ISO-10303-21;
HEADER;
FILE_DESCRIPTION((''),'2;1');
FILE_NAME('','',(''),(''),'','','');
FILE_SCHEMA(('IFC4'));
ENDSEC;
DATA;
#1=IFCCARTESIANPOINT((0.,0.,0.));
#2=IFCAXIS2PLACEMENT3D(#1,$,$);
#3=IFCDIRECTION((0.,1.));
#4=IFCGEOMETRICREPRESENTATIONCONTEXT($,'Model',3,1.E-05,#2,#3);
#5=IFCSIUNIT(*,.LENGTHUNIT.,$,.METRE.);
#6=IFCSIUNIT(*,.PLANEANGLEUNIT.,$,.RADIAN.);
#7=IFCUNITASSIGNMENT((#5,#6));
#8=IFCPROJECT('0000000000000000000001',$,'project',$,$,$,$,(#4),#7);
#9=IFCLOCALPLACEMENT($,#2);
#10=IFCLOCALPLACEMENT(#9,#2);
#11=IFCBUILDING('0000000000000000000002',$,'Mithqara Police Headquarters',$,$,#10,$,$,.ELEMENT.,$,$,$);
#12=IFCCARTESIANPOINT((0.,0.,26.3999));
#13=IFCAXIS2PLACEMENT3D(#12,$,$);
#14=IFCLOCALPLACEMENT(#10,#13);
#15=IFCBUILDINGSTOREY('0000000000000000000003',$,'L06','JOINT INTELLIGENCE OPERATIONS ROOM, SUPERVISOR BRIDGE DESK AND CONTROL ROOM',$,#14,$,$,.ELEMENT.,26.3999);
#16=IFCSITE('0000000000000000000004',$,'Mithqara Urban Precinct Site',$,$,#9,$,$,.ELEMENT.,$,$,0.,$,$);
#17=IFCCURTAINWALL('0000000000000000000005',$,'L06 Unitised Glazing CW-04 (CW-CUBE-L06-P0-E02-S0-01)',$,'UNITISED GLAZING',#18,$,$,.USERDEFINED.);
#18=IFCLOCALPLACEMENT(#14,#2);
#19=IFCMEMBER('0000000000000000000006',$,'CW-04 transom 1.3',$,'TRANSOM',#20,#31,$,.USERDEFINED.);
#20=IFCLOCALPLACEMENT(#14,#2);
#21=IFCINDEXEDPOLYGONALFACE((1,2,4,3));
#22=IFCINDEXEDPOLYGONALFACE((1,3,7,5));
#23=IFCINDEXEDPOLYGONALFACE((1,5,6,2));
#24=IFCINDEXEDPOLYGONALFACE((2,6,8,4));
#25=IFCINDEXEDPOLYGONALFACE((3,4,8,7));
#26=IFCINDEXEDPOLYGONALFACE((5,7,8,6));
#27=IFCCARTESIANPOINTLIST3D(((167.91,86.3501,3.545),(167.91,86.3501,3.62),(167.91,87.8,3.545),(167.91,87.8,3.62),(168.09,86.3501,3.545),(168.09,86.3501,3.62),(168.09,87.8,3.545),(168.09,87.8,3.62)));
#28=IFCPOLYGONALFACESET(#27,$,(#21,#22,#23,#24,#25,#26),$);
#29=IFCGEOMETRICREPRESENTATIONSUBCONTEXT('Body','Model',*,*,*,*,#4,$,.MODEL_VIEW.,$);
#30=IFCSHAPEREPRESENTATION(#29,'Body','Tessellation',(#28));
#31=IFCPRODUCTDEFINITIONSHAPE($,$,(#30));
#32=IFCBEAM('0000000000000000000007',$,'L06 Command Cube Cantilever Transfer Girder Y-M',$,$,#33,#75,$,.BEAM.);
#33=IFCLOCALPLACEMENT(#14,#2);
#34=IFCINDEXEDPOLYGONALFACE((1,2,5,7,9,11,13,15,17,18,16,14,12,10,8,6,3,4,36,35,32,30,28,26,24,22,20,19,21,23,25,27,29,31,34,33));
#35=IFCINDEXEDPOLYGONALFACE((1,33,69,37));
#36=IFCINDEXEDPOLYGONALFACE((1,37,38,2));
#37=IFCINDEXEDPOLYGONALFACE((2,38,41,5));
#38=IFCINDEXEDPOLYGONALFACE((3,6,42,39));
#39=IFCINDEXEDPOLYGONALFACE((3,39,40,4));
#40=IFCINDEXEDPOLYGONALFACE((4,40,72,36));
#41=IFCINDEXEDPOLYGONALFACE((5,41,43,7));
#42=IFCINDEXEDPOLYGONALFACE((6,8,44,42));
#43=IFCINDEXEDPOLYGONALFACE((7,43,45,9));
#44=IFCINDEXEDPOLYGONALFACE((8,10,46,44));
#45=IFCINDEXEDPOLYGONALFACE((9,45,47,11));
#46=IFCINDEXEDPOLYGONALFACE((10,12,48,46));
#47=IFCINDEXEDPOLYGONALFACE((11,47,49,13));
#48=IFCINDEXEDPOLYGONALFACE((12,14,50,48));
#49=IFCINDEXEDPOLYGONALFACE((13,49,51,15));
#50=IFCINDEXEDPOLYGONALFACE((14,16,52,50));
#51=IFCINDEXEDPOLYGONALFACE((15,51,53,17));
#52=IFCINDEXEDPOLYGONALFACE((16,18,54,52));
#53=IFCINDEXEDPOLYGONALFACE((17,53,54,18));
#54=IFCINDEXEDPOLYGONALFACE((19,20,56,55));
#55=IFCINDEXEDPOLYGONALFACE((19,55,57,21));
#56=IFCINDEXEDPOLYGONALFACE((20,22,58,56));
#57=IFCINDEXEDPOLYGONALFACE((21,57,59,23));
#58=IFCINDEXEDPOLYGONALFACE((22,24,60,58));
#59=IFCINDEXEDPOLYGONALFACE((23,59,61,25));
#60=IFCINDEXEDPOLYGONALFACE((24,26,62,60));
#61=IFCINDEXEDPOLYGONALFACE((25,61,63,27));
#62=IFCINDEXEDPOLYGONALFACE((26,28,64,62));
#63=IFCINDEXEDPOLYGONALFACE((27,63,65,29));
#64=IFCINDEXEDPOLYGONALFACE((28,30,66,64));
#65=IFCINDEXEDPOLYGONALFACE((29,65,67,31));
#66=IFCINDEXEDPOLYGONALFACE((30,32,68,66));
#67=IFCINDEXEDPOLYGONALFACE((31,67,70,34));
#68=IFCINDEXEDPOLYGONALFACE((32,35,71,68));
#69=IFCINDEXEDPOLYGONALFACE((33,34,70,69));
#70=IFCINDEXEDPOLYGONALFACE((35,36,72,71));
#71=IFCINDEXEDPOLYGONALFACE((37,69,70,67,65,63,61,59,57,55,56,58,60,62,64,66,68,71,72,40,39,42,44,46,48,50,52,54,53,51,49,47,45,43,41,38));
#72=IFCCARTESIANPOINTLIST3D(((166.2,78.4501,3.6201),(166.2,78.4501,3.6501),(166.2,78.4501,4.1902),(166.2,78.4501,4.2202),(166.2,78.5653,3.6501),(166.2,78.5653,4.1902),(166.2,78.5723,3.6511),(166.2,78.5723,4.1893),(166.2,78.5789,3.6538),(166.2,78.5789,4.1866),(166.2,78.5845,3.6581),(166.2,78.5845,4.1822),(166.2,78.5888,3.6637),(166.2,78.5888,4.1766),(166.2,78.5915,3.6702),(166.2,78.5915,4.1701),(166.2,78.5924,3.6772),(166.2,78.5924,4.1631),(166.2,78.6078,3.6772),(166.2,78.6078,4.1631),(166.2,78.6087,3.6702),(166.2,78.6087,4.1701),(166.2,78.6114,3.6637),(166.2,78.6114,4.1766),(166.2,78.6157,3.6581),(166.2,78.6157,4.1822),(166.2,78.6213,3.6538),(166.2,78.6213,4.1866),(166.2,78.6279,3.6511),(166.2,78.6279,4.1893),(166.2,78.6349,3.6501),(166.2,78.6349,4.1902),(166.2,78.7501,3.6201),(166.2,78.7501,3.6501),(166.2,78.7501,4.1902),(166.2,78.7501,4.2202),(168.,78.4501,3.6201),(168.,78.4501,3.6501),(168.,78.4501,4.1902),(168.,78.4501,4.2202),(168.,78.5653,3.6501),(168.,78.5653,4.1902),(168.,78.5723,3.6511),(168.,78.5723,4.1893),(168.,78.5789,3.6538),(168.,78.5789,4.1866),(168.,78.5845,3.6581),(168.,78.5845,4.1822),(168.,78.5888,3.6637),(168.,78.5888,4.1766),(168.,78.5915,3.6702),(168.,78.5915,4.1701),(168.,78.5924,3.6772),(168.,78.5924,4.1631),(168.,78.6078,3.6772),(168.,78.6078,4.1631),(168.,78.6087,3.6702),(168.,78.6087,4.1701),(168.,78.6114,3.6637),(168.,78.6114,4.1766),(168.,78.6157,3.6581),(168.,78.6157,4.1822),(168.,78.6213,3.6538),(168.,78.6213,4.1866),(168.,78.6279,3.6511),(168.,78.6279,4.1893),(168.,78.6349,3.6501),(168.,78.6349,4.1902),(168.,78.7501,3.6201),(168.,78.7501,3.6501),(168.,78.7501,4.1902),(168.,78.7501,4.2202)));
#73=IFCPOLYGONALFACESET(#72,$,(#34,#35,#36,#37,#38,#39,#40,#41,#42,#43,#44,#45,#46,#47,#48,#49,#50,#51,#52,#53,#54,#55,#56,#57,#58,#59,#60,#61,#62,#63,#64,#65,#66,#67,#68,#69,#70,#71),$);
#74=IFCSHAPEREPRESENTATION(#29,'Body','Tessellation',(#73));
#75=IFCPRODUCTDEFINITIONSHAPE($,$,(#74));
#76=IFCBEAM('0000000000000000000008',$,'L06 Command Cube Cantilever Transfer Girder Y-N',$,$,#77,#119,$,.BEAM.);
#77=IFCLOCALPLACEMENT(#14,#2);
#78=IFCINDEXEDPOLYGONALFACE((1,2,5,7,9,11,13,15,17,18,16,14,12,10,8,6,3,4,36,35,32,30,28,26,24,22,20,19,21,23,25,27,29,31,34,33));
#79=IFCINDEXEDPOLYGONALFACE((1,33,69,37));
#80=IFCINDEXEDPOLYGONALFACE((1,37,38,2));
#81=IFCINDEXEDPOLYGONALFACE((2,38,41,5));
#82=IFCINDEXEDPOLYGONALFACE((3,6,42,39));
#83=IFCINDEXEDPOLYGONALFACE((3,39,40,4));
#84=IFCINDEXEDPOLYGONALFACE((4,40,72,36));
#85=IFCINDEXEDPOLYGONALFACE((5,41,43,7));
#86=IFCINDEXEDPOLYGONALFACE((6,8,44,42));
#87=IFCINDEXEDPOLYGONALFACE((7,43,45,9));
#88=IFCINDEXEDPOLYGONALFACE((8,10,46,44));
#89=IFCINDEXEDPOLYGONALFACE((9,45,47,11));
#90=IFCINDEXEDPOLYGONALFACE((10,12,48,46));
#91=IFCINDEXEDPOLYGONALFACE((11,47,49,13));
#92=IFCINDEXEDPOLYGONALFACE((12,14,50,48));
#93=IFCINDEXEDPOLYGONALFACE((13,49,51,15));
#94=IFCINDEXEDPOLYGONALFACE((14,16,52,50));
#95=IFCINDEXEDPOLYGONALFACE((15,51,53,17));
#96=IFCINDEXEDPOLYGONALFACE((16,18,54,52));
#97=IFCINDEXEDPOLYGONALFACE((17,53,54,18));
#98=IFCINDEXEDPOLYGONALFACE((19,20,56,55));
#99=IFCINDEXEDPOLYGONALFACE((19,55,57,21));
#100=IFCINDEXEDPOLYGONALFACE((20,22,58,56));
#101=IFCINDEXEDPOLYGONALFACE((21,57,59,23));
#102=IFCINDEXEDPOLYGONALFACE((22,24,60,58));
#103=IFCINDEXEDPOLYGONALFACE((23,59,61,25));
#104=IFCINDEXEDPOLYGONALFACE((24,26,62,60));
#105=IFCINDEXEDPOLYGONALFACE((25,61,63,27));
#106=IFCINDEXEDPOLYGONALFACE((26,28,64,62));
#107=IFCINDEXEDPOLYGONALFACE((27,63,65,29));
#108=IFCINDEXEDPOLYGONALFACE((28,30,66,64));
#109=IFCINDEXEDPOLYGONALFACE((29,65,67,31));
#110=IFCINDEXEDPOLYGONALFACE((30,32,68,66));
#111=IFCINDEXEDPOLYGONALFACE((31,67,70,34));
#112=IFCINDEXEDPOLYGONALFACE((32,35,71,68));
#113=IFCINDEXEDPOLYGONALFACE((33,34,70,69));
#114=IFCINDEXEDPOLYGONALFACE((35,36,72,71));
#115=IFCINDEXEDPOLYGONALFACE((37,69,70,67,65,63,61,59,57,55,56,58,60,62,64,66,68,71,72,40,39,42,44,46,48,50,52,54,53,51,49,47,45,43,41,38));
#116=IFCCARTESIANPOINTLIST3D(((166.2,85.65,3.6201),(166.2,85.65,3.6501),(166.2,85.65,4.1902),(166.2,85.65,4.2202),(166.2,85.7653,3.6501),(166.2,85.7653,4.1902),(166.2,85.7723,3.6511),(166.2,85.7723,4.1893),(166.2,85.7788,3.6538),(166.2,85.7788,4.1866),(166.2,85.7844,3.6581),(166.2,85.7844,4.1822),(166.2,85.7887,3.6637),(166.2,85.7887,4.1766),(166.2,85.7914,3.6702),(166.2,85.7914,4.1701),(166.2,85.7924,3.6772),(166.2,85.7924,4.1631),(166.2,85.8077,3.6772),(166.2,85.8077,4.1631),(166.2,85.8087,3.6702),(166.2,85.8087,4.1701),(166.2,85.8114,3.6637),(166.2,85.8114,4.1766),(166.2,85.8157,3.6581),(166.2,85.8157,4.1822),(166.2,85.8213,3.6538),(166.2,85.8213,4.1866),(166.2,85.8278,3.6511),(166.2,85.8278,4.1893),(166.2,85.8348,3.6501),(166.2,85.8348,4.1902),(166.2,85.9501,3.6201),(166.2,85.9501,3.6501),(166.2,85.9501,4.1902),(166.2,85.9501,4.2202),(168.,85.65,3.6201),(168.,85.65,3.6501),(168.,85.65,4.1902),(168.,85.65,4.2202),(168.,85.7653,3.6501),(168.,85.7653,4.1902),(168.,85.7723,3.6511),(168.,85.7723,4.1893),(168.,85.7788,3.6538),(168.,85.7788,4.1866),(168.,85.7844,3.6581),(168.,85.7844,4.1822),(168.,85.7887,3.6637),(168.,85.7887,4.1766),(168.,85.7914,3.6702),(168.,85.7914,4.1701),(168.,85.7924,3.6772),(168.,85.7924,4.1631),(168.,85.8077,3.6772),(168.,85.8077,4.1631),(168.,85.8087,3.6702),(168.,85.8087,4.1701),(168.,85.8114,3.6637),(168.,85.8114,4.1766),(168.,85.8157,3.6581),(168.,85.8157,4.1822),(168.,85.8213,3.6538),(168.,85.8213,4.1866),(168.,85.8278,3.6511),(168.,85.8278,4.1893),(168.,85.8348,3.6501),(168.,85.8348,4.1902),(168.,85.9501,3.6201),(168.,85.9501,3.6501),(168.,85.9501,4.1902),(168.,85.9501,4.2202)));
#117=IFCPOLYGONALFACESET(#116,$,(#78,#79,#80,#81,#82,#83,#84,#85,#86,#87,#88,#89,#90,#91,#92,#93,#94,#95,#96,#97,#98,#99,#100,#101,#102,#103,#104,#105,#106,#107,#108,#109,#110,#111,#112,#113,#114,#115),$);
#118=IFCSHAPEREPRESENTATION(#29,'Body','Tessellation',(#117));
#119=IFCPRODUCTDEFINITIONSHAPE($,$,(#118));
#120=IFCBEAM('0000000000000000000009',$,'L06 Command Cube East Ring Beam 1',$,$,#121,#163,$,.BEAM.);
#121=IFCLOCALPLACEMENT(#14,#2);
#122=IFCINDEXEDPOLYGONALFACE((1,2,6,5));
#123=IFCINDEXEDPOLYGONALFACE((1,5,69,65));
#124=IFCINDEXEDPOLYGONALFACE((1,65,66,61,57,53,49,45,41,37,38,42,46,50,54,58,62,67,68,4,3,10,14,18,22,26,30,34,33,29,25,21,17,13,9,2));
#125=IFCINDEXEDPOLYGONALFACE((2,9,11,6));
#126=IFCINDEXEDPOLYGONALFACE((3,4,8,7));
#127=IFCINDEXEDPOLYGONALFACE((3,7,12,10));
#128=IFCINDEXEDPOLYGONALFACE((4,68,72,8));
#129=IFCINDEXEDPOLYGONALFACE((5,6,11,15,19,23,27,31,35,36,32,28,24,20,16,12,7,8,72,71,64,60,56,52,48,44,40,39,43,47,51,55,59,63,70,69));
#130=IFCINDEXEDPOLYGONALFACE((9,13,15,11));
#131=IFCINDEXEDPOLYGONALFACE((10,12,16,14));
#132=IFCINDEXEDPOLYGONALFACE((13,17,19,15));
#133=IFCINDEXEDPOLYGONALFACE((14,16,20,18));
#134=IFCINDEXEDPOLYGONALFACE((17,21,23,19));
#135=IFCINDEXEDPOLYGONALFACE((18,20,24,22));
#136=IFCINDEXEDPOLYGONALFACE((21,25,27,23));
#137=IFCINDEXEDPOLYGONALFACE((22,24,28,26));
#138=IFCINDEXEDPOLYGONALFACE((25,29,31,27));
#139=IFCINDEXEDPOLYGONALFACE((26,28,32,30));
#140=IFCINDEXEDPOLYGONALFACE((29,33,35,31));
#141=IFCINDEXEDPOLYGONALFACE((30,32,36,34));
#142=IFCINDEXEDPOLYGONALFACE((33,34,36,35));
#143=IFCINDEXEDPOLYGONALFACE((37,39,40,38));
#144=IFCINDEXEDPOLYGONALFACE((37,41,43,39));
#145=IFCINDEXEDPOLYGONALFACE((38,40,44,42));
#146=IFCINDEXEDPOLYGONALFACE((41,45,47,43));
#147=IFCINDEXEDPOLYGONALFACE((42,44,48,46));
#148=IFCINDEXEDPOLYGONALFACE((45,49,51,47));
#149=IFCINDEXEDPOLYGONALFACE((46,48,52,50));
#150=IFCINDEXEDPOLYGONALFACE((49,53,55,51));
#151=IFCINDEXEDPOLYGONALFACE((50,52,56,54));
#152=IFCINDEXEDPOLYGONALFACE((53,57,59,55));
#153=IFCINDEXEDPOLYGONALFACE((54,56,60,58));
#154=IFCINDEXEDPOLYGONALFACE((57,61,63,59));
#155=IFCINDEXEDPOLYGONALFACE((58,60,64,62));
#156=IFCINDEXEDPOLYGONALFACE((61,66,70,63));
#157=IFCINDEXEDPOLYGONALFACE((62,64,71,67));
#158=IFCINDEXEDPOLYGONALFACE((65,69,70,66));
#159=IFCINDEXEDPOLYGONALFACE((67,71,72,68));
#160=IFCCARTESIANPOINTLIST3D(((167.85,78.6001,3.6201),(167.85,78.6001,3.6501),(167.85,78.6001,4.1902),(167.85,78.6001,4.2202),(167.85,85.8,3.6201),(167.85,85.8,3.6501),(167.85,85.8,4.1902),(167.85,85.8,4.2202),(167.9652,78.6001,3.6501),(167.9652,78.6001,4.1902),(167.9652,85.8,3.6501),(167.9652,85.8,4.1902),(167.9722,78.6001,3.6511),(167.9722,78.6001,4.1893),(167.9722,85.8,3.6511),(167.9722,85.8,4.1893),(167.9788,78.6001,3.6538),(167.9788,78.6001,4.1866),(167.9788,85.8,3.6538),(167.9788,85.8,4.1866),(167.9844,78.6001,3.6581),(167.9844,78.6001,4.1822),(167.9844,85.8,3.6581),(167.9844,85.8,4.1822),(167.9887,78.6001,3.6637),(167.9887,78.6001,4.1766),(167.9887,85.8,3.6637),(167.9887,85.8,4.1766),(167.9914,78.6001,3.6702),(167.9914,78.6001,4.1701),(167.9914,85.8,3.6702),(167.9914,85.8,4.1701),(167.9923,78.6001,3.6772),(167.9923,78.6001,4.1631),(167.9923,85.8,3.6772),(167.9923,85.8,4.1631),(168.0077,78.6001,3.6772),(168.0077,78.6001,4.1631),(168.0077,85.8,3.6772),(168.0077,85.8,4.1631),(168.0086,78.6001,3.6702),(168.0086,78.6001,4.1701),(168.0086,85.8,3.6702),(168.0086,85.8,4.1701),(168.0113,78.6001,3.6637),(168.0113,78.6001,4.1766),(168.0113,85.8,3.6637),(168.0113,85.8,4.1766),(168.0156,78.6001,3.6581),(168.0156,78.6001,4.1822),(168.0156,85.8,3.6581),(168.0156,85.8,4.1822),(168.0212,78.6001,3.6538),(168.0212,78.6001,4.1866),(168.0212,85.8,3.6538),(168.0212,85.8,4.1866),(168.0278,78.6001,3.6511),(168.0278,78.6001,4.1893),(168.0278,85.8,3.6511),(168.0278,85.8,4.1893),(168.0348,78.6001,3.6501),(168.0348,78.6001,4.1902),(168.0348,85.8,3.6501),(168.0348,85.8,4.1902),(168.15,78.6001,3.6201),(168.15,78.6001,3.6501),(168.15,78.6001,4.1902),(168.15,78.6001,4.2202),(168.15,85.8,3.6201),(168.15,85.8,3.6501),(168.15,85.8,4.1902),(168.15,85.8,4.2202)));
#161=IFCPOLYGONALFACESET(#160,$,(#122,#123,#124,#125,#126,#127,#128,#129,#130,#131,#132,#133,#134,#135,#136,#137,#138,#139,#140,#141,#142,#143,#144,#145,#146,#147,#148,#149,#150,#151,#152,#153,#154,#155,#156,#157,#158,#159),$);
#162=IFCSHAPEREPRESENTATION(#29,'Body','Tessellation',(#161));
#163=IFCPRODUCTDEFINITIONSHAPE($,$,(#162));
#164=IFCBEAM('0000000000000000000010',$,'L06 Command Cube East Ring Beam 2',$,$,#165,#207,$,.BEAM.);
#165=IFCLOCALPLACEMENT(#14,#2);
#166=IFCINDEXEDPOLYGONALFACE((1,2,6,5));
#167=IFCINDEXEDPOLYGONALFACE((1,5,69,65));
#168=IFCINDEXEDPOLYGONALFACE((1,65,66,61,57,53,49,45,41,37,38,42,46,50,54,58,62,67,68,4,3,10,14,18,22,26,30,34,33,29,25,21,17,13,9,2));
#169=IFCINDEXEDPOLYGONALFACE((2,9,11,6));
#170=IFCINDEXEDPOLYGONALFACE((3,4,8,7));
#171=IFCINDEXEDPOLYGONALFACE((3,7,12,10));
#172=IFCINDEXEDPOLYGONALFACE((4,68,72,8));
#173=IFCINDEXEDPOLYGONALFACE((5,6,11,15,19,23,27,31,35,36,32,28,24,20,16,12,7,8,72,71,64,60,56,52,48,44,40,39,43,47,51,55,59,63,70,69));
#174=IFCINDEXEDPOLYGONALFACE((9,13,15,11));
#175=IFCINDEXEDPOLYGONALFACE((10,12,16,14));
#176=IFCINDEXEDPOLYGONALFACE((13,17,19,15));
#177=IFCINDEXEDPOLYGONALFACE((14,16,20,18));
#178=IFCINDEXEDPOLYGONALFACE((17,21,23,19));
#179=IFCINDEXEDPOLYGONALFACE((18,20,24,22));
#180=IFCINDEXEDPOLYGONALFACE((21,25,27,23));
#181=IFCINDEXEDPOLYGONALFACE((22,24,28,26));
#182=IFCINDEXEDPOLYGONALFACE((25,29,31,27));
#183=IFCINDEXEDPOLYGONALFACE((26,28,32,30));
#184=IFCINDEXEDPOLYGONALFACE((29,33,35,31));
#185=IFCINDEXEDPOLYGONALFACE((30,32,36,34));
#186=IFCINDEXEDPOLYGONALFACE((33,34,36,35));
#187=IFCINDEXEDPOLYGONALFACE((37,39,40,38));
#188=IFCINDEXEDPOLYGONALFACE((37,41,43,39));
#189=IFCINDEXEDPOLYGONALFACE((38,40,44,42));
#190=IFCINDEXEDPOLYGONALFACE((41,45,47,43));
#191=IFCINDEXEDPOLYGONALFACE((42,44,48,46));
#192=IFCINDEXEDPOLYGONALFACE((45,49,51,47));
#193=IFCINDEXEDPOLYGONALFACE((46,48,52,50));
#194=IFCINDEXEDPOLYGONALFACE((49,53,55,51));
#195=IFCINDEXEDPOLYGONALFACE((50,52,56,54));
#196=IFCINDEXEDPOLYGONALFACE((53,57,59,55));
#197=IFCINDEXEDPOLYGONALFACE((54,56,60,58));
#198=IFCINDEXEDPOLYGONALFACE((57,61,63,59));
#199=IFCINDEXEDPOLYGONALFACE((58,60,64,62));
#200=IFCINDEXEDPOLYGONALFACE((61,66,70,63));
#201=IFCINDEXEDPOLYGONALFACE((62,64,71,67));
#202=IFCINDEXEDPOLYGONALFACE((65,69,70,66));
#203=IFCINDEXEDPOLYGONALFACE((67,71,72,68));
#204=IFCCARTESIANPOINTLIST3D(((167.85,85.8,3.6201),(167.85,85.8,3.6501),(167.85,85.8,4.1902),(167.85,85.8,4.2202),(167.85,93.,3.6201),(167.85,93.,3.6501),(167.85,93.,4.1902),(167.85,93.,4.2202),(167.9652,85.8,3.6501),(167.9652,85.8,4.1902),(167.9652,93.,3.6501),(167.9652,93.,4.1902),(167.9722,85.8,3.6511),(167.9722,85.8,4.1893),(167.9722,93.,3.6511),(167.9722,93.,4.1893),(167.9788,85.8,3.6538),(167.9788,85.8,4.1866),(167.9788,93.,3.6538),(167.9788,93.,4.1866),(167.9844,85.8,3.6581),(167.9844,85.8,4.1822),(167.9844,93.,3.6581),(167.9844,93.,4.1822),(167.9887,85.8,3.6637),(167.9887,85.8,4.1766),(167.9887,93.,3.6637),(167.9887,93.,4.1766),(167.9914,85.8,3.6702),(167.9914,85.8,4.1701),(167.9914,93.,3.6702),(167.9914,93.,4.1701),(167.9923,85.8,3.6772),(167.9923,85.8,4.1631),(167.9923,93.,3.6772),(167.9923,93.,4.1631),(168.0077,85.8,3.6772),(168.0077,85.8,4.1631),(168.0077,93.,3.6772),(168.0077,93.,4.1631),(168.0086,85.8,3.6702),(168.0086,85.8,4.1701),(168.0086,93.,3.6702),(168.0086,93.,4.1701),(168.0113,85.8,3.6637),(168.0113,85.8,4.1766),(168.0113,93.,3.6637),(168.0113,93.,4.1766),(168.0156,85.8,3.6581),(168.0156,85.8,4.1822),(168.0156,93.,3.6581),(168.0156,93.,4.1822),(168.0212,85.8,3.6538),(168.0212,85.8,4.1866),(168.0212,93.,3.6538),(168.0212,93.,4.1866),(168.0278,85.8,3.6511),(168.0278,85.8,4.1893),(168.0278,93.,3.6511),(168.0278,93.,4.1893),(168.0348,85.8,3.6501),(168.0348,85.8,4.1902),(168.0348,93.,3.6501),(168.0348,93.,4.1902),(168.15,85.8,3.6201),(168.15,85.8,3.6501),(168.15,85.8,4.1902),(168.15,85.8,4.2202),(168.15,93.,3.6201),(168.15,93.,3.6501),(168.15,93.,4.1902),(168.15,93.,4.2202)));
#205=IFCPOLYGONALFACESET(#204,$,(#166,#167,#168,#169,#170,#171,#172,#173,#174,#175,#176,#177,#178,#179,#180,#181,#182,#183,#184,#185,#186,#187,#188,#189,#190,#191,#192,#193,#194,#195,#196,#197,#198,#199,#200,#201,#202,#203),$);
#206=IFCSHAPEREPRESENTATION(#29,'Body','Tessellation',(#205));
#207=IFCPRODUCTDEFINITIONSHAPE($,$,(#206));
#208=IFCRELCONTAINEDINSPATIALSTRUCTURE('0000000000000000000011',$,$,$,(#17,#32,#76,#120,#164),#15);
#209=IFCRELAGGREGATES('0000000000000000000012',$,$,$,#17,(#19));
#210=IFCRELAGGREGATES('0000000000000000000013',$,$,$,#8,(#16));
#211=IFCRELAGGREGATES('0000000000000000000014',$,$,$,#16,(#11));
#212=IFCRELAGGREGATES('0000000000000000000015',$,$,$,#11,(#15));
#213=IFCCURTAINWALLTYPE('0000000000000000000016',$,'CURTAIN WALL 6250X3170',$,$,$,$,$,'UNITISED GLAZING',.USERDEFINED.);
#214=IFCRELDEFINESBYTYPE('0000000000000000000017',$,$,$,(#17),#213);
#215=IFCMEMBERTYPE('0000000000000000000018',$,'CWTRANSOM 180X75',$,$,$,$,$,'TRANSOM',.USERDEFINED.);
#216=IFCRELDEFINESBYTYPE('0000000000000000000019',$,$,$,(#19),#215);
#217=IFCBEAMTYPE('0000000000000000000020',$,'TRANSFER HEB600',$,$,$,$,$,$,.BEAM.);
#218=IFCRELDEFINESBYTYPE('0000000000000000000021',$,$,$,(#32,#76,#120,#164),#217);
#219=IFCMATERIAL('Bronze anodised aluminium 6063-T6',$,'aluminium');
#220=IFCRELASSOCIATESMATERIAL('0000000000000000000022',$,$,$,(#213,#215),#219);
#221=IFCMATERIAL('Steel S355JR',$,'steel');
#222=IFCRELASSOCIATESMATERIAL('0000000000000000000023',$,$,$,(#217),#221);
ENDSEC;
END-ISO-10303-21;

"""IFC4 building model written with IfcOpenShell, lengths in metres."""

from ifc_helpers import new_model, si_unit, direction, frame, origin, origin_2d, place, context, subcontext, project, spatial, rectangle, i_section, extrude, material, material_profile, profile_set, type_object, element, aggregate, save


model = new_model("IFC4")

# Units and contexts
model_context = context("Model", 3, precision=1e-05, world=origin(), true_north=direction((0.0, 1.0)))
body_context = subcontext(model_context, "Body", "Model", "MODEL_VIEW")
ifc_project = project(units=[si_unit("LENGTHUNIT", "METRE"), si_unit("PLANEANGLEUNIT", "RADIAN")], contexts=[model_context])

# Site, building, storey
site_placement = place(None, origin())
site = spatial("IfcSite", under=ifc_project, at=site_placement, Name="Mithqara Urban Precinct Site", CompositionType="ELEMENT", RefElevation=0.0)
building_placement = place(site_placement, origin())
building = spatial("IfcBuilding", under=site, at=building_placement, Name="Mithqara Police Headquarters", CompositionType="ELEMENT")
storey_placement = place(building_placement, frame((0.0, 0.0, 26.3999)))
storey = spatial("IfcBuildingStorey", under=building, at=storey_placement, Name="L06", Description="JOINT INTELLIGENCE OPERATIONS ROOM, SUPERVISOR BRIDGE DESK AND CONTROL ROOM", CompositionType="ELEMENT", Elevation=26.3999)

# Shared definitions
ifc_material_1 = material(Name="Steel S355JR", Category="steel")

# Shared definitions
ifc_material_2 = material(Name="Bronze anodised aluminium 6063-T6", Category="aluminium")

# Shared definitions
curtain_wall_type_1 = type_object("IfcCurtainWallType", Name="CURTAIN WALL 6250X3170", ElementType="UNITISED GLAZING", PredefinedType="USERDEFINED", material=ifc_material_2)

# Curtain wall
curtain_wall_1_placement = place(storey_placement, origin())
curtain_wall_1 = element("IfcCurtainWall", 1, at=curtain_wall_1_placement, inside=storey, type_object=curtain_wall_type_1, Name="L06 Unitised Glazing CW-04 (CW-CUBE-L06-P0-E02-S0-01)", ObjectType="UNITISED GLAZING", PredefinedType="USERDEFINED")

# Member
ifc_material_profile_1 = material_profile(ifc_material_2, rectangle(XDim=0.1799, YDim=0.075, at=origin_2d()), Name="CWT 180x75")
ifc_profile_set_1 = profile_set([ifc_material_profile_1], Name="Bronze anodised aluminium 6063-T6")
member_type_1 = type_object("IfcMemberType", Name="CWTRANSOM 180X75", ElementType="TRANSOM", PredefinedType="USERDEFINED", material=ifc_profile_set_1)
member_1_placement = place(storey_placement, frame((168.0, 86.3501, 3.5825), z_axis=(0.0, 1.0, 0.0), x_axis=(-1.0, 0.0, 0.0)))
member_1 = element("IfcMember", 2, at=member_1_placement, type_object=member_type_1, Name="CW-04 transom 1.3", ObjectType="TRANSOM", PredefinedType="USERDEFINED", context=body_context, shape_type="SweptSolid", body=[
    extrude(rectangle(XDim=0.1799, YDim=0.075, at=origin_2d()), origin(), (0.0, 0.0, 1.0), 1.45),
])
aggregate(curtain_wall_1, [member_1])

# Beams
ifc_material_profile_2 = material_profile(ifc_material_1, i_section(OverallWidth=0.3, OverallDepth=0.6001, WebThickness=0.0154, FlangeThickness=0.03, FilletRadius=0.0271, at=origin_2d()), Name="HEB 600")
ifc_profile_set_2 = profile_set([ifc_material_profile_2], Name="Steel S355JR")
beam_type = type_object("IfcBeamType", Name="TRANSFER HEB600", PredefinedType="BEAM", material=ifc_profile_set_2)
for number, where, z_axis, x_axis, name in (
    (3, (166.2, 78.6001, 3.9202), (1.0, 0.0, 0.0), (0.0, 1.0, 0.0), "L06 Command Cube Cantilever Transfer Girder Y-M"),
    (4, (166.2, 85.8, 3.9202), (1.0, 0.0, 0.0), (0.0, 1.0, 0.0), "L06 Command Cube Cantilever Transfer Girder Y-N"),
):
    element("IfcBeam", number, at=place(storey_placement, frame(where, z_axis=z_axis, x_axis=x_axis)), inside=storey, type_object=beam_type, Name=name, PredefinedType="BEAM", context=body_context, shape_type="SweptSolid", body=[
        extrude(i_section(OverallWidth=0.3, OverallDepth=0.6001, WebThickness=0.0154, FlangeThickness=0.03, FilletRadius=0.0271, at=origin_2d()), origin(), (0.0, 0.0, 1.0), 1.8),
    ])
for number, where, z_axis, x_axis, name in (
    (5, (168.0, 78.6001, 3.9202), (0.0, 1.0, 0.0), (-1.0, 0.0, 0.0), "L06 Command Cube East Ring Beam 1"),
    (6, (168.0, 85.8, 3.9202), (0.0, 1.0, 0.0), (-1.0, 0.0, 0.0), "L06 Command Cube East Ring Beam 2"),
):
    element("IfcBeam", number, at=place(storey_placement, frame(where, z_axis=z_axis, x_axis=x_axis)), inside=storey, type_object=beam_type, Name=name, PredefinedType="BEAM", context=body_context, shape_type="SweptSolid", body=[
        extrude(i_section(OverallWidth=0.3, OverallDepth=0.6001, WebThickness=0.0154, FlangeThickness=0.03, FilletRadius=0.0271, at=origin_2d()), origin(), (0.0, 0.0, 1.0), 7.2),
    ])

save(model, "model.ifc")
